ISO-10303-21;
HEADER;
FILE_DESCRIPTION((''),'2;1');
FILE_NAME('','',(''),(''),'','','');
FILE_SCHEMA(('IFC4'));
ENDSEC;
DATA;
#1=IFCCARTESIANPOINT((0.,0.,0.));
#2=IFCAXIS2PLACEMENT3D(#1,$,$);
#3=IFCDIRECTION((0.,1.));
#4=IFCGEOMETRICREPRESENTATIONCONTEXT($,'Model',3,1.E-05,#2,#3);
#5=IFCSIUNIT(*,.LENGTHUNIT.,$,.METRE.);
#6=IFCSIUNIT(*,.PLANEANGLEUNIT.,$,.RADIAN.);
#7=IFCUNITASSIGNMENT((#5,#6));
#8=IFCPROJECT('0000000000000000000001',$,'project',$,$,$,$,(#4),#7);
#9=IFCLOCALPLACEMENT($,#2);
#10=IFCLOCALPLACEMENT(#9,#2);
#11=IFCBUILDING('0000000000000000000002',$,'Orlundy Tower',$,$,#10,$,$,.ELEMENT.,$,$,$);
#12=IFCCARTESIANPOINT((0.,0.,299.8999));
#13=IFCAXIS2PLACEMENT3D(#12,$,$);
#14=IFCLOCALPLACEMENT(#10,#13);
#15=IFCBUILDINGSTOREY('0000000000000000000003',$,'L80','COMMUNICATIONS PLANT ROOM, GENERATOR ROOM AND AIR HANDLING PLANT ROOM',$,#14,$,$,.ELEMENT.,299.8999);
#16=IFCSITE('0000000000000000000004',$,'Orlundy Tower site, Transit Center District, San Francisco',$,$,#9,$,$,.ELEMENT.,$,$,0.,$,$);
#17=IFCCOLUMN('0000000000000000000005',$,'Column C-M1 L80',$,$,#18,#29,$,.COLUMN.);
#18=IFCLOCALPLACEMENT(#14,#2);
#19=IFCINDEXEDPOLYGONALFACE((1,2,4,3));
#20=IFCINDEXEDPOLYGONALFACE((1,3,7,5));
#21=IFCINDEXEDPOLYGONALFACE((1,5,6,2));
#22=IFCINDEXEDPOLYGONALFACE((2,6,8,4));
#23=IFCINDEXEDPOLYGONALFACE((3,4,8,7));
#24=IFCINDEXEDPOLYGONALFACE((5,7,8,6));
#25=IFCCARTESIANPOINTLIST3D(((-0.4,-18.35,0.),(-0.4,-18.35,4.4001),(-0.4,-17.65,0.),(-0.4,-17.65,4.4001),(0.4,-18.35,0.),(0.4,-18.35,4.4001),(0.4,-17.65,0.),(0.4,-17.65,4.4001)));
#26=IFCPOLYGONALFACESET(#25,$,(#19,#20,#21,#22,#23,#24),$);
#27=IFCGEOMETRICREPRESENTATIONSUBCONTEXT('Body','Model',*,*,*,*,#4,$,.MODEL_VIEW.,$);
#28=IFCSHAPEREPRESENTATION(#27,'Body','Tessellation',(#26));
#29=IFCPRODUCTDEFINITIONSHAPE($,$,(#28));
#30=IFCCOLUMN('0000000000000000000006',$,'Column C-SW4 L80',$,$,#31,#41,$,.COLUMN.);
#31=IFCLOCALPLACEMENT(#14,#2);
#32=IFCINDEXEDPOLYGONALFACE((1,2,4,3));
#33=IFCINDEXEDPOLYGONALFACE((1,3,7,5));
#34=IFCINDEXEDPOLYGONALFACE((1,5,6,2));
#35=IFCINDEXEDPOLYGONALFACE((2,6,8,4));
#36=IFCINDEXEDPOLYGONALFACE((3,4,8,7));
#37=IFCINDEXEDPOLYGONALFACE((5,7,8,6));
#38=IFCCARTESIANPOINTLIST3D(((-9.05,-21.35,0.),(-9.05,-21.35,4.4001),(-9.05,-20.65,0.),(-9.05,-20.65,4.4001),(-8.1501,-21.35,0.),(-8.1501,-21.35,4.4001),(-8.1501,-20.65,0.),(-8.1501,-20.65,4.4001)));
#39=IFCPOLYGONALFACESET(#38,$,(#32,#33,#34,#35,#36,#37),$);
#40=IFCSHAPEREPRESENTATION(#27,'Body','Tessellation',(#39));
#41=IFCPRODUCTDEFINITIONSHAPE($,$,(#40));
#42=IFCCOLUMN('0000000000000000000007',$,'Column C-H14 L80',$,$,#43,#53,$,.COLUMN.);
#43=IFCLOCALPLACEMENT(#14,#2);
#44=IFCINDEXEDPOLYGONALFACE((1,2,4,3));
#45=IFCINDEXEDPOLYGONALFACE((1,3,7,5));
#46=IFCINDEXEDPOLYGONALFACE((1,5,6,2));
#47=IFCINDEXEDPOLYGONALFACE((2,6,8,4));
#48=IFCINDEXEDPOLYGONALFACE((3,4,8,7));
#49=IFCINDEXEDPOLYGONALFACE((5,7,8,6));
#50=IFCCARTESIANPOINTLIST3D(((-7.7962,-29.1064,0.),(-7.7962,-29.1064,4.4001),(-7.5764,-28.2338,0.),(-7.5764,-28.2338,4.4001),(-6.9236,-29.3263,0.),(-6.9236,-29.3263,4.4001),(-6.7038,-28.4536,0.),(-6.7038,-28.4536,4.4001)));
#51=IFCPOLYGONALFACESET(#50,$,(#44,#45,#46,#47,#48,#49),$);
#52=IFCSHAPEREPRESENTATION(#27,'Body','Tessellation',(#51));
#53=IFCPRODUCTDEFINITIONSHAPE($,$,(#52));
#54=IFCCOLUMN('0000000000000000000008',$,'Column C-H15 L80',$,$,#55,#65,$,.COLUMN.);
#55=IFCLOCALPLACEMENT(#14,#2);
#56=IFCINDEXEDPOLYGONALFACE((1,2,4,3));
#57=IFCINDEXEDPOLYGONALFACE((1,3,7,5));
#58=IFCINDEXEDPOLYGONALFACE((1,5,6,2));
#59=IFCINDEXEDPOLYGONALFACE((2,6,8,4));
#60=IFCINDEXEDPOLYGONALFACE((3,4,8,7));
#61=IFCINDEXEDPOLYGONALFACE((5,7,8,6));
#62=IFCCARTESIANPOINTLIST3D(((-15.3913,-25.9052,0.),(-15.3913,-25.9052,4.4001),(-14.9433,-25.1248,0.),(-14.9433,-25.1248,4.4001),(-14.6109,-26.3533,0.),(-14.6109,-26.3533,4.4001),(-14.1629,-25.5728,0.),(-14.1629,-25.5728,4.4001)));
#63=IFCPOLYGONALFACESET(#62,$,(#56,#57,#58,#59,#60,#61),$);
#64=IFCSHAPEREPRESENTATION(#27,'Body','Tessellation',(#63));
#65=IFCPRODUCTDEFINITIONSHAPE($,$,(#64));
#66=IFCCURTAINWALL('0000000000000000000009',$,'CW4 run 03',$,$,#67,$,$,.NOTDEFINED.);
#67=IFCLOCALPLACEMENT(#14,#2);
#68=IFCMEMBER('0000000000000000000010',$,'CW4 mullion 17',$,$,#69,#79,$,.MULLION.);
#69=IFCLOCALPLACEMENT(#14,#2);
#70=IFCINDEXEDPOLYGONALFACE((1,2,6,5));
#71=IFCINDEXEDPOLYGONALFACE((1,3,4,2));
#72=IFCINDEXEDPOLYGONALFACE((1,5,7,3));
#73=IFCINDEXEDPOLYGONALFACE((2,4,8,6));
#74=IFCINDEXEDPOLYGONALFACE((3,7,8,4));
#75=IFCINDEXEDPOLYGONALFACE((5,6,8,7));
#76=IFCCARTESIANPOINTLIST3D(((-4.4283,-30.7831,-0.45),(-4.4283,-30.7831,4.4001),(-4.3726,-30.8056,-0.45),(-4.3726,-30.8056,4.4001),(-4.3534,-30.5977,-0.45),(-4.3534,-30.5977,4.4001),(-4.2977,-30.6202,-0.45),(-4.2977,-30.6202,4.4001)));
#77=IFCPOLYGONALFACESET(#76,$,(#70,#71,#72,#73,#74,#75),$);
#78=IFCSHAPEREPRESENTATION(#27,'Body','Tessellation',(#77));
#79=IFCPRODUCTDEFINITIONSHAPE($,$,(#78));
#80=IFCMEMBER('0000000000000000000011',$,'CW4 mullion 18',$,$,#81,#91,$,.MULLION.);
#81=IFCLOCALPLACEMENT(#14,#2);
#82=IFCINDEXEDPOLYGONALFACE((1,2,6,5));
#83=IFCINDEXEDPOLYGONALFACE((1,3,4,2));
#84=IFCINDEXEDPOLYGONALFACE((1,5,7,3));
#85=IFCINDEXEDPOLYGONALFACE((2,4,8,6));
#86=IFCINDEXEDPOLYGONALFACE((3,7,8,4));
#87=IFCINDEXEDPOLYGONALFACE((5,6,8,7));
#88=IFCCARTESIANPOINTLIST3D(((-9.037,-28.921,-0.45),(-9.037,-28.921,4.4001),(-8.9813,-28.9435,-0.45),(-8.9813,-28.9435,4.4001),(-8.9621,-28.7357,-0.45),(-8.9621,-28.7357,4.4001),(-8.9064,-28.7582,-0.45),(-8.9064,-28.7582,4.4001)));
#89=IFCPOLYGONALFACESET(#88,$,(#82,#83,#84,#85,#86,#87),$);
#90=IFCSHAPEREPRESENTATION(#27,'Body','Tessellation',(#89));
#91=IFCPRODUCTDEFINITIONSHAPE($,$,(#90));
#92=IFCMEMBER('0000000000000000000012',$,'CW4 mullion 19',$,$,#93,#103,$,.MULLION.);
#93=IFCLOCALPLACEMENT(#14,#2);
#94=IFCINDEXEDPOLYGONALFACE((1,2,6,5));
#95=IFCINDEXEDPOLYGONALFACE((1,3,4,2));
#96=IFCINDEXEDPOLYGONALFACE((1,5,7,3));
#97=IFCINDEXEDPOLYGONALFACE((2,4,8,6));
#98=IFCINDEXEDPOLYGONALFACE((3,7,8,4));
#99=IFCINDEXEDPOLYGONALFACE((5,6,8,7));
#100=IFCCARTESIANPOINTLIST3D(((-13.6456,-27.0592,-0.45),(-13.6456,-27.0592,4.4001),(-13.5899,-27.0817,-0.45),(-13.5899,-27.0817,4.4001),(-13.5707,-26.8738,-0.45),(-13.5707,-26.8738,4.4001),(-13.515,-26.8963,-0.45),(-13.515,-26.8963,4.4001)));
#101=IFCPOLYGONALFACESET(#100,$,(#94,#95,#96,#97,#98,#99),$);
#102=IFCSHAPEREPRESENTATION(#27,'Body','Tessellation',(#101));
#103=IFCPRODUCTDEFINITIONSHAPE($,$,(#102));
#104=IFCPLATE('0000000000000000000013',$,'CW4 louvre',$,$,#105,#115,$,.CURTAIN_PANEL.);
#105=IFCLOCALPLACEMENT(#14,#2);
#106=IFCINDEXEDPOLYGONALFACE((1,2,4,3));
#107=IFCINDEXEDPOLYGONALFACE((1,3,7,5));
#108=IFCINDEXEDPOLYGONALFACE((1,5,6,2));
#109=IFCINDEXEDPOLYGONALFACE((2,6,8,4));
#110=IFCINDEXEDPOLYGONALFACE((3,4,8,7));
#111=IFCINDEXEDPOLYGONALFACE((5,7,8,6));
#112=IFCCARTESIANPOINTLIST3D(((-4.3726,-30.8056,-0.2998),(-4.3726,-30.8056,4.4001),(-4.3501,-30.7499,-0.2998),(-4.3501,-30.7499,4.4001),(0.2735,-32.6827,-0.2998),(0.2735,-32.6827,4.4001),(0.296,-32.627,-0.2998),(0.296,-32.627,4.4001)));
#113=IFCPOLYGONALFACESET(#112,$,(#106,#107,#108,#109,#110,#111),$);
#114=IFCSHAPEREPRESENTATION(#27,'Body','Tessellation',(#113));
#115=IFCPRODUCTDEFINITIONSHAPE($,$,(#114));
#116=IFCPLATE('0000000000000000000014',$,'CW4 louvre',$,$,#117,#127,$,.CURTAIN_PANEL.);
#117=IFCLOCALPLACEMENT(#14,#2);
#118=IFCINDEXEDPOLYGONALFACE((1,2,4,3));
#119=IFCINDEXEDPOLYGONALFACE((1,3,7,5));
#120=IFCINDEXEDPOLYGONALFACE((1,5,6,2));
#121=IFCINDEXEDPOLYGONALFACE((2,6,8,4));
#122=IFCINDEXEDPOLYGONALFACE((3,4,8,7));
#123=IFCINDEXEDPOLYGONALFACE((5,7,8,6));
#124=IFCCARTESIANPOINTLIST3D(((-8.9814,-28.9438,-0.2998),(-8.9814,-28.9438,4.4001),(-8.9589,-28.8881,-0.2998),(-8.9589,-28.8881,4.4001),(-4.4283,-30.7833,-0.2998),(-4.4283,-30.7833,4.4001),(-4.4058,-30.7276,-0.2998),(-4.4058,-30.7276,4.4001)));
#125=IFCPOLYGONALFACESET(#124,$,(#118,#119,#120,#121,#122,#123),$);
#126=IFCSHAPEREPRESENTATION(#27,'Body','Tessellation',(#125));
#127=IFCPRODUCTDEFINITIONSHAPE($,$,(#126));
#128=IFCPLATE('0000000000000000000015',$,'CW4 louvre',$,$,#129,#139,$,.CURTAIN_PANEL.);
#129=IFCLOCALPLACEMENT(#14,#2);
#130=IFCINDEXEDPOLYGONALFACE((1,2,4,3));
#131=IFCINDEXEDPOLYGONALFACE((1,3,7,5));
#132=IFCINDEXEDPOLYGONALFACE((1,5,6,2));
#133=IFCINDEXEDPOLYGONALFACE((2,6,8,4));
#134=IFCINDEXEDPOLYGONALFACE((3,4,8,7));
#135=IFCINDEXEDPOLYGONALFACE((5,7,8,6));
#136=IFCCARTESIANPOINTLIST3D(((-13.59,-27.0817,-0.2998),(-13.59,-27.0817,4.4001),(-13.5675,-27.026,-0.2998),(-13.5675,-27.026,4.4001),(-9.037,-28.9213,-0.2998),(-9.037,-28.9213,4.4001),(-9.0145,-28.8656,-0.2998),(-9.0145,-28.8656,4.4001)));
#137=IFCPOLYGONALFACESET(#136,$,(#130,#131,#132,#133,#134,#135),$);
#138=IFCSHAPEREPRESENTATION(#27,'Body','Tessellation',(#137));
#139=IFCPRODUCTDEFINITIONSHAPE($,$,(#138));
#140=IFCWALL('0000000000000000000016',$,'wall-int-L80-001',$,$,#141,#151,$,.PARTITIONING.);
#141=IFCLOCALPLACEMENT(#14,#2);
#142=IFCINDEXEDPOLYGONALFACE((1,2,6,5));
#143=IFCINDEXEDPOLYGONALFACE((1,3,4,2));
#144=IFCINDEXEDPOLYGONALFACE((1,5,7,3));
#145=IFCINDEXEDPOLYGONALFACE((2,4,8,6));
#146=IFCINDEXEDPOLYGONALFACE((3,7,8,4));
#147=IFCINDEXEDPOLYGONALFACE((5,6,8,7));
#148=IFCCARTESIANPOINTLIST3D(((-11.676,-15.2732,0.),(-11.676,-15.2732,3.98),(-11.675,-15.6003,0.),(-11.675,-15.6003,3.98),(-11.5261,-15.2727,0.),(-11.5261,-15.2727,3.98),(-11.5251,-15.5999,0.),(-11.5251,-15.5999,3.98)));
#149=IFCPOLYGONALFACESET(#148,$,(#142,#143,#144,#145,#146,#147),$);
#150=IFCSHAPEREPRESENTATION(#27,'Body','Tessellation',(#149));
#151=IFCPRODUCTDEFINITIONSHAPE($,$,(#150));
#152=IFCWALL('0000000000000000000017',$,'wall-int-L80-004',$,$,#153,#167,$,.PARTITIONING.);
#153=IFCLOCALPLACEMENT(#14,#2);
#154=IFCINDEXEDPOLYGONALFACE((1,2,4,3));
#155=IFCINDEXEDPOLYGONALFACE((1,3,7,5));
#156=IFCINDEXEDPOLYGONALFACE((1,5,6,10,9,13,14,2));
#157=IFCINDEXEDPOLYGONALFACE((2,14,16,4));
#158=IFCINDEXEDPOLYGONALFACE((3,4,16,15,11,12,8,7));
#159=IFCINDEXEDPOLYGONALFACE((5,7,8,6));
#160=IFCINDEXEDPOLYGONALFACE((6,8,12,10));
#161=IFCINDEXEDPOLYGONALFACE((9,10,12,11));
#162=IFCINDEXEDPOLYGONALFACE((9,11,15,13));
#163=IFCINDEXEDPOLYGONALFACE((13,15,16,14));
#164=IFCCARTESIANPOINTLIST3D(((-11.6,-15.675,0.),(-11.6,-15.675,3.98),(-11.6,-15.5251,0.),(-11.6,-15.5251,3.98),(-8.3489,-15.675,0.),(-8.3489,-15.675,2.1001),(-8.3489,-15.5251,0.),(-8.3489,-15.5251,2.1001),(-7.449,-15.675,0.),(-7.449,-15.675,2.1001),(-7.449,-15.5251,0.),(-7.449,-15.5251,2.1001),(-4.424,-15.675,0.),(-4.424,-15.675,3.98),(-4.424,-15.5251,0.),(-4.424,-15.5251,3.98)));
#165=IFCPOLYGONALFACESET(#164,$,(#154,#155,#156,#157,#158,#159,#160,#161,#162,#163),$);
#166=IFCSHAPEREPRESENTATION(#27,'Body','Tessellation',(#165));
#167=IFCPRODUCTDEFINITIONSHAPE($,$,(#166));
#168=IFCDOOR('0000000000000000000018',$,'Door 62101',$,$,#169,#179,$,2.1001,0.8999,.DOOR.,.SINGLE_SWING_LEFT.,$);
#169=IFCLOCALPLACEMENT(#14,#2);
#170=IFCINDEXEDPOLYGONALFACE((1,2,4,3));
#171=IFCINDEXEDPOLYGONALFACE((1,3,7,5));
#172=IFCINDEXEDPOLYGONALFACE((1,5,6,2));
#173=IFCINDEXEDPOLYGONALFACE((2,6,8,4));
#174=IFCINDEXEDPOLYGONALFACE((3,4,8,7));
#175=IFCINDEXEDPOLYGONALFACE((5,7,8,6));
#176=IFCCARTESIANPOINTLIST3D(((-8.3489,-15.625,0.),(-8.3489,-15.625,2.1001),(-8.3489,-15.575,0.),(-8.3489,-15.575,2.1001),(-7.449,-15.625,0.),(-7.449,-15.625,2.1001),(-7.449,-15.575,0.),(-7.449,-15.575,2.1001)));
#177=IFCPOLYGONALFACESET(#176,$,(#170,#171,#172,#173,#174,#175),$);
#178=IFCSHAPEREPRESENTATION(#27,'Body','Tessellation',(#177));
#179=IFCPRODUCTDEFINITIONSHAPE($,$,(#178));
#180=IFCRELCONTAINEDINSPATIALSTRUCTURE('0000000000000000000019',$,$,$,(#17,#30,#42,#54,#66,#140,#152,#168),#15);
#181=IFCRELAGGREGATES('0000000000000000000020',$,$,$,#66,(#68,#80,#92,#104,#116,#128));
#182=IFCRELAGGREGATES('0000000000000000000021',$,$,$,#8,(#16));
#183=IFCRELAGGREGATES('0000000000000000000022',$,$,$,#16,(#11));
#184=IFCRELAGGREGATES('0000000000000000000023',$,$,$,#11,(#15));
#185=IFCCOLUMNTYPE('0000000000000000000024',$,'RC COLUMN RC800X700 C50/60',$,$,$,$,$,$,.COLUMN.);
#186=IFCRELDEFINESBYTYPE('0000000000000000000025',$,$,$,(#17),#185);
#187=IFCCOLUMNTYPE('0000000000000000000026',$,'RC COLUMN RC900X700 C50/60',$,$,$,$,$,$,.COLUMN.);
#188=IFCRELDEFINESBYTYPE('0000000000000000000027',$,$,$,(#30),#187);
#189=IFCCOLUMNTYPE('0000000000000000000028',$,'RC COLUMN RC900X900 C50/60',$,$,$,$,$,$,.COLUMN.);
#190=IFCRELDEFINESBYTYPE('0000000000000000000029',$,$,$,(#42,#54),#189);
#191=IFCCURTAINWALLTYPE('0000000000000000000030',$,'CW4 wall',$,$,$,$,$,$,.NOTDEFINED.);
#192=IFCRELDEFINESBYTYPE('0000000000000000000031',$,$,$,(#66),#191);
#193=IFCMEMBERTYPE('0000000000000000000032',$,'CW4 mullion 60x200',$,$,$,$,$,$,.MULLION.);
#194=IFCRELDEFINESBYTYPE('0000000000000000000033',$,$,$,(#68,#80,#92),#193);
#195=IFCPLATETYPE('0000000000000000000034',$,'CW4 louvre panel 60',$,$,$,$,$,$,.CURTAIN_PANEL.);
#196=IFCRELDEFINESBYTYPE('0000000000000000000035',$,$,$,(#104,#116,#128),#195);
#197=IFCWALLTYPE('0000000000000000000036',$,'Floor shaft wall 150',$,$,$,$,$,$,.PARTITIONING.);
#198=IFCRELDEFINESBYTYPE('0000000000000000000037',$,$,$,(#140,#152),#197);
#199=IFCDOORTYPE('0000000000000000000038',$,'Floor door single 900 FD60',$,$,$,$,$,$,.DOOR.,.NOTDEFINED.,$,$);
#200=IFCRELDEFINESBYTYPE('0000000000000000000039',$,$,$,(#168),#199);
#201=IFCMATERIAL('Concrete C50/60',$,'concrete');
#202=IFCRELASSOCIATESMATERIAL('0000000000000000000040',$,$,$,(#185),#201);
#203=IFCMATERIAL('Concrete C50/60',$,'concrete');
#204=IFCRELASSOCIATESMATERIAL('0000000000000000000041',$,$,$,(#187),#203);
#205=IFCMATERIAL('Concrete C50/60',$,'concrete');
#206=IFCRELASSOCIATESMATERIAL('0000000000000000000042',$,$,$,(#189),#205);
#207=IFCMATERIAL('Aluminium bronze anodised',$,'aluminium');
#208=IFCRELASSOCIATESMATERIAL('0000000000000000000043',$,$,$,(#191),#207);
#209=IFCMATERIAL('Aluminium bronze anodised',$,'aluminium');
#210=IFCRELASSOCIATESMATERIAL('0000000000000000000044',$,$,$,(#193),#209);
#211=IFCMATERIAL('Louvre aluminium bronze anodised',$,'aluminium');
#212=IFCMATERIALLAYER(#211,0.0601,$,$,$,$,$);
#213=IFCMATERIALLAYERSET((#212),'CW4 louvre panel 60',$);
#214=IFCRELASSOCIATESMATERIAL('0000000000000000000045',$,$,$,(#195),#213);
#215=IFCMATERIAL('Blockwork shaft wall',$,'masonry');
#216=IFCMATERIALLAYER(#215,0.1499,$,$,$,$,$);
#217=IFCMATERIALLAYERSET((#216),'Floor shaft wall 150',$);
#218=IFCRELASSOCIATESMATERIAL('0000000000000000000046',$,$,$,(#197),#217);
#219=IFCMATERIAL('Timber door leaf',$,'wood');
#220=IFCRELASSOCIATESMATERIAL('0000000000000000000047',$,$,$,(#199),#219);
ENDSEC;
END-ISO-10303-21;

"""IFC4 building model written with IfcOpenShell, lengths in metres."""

from ifc_helpers import new_model, si_unit, direction, frame, frame_2d, origin, origin_2d, place, context, subcontext, project, spatial, rectangle, extrude, material, layer, layer_set, material_profile, profile_set, type_object, element, fill, aggregate, save


model = new_model("IFC4")

# Units and contexts
model_context = context("Model", 3, precision=1e-05, world=origin(), true_north=direction((0.0, 1.0)))
body_context = subcontext(model_context, "Body", "Model", "MODEL_VIEW")
ifc_project = project(units=[si_unit("LENGTHUNIT", "METRE"), si_unit("PLANEANGLEUNIT", "RADIAN")], contexts=[model_context])

# Site, building, storey
site_placement = place(None, origin())
site = spatial("IfcSite", under=ifc_project, at=site_placement, Name="Orlundy Tower site, Transit Center District, San Francisco", CompositionType="ELEMENT", RefElevation=0.0)
building_placement = place(site_placement, origin())
building = spatial("IfcBuilding", under=site, at=building_placement, Name="Orlundy Tower", CompositionType="ELEMENT")
storey_placement = place(building_placement, frame((0.0, 0.0, 299.8999)))
storey = spatial("IfcBuildingStorey", under=building, at=storey_placement, Name="L80", Description="COMMUNICATIONS PLANT ROOM, GENERATOR ROOM AND AIR HANDLING PLANT ROOM", CompositionType="ELEMENT", Elevation=299.8999)

# Columns
ifc_material_1 = material(Name="Concrete C50/60", Category="concrete")
ifc_material_profile_1 = material_profile(ifc_material_1, rectangle(XDim=0.8, YDim=0.7, at=origin_2d()), Name="RC800X700")
ifc_profile_set_1 = profile_set([ifc_material_profile_1], Name="Concrete C50/60")
column_type_1 = type_object("IfcColumnType", Name="RC COLUMN RC800X700 C50/60", PredefinedType="COLUMN", material=ifc_profile_set_1)
column_1_placement = place(storey_placement, frame((0.0, -18.0, 0.0), z_axis=(0.0, 0.0, 1.0), x_axis=(1.0, 0.0, 0.0)))
element("IfcColumn", 1, at=column_1_placement, inside=storey, type_object=column_type_1, Name="Column C-M1 L80", PredefinedType="COLUMN", context=body_context, shape_type="SweptSolid", body=[
    extrude(rectangle(XDim=0.8, YDim=0.7, at=origin_2d()), origin(), (0.0, 0.0, 1.0), 4.4001),
])
ifc_material_2 = material(Name="Concrete C50/60", Category="concrete")
ifc_material_profile_2 = material_profile(ifc_material_2, rectangle(XDim=0.8999, YDim=0.7, at=origin_2d()), Name="RC900X700")
ifc_profile_set_2 = profile_set([ifc_material_profile_2], Name="Concrete C50/60")
column_type_2 = type_object("IfcColumnType", Name="RC COLUMN RC900X700 C50/60", PredefinedType="COLUMN", material=ifc_profile_set_2)
column_2_placement = place(storey_placement, frame((-8.6001, -21.0, 0.0), z_axis=(0.0, 0.0, 1.0), x_axis=(1.0, 0.0, 0.0)))
element("IfcColumn", 2, at=column_2_placement, inside=storey, type_object=column_type_2, Name="Column C-SW4 L80", PredefinedType="COLUMN", context=body_context, shape_type="SweptSolid", body=[
    extrude(rectangle(XDim=0.8999, YDim=0.7, at=origin_2d()), origin(), (0.0, 0.0, 1.0), 4.4001),
])
ifc_material_3 = material(Name="Concrete C50/60", Category="concrete")
ifc_material_profile_3 = material_profile(ifc_material_3, rectangle(XDim=0.8999, YDim=0.8999, at=origin_2d()), Name="RC900X900")
ifc_profile_set_3 = profile_set([ifc_material_profile_3], Name="Concrete C50/60")
column_type_3 = type_object("IfcColumnType", Name="RC COLUMN RC900X900 C50/60", PredefinedType="COLUMN", material=ifc_profile_set_3)
for number, where, z_axis, x_axis, name in (
    (3, (-7.25, -28.78, 0.0), (0.0, 0.0, 1.0), (-0.244275, -0.969706, 0.0), "Column C-H14 L80"),
    (4, (-14.7771, -25.739, 0.0), (0.0, 0.0, 1.0), (-0.497898, -0.867236, 0.0), "Column C-H15 L80"),
):
    element("IfcColumn", number, at=place(storey_placement, frame(where, z_axis=z_axis, x_axis=x_axis)), inside=storey, type_object=column_type_3, Name=name, PredefinedType="COLUMN", context=body_context, shape_type="SweptSolid", body=[
        extrude(rectangle(XDim=0.8999, YDim=0.8999, at=origin_2d()), origin(), (0.0, 0.0, 1.0), 4.4001),
    ])

# Curtain wall, members, plates
ifc_material_4 = material(Name="Aluminium bronze anodised", Category="aluminium")
curtain_wall_type = type_object("IfcCurtainWallType", Name="CW4 wall", PredefinedType="NOTDEFINED", material=ifc_material_4)
curtain_wall_placement = place(storey_placement, origin())
curtain_wall = element("IfcCurtainWall", 5, at=curtain_wall_placement, inside=storey, type_object=curtain_wall_type, Name="CW4 run 03", PredefinedType="NOTDEFINED")
ifc_material_5 = material(Name="Aluminium bronze anodised", Category="aluminium")
ifc_material_profile_4 = material_profile(ifc_material_5, rectangle(XDim=0.2, YDim=0.0601, at=origin_2d()), Name="CW4 mullion 60x200")
ifc_profile_set_4 = profile_set([ifc_material_profile_4], Name="Aluminium bronze anodised")
member_type = type_object("IfcMemberType", Name="CW4 mullion 60x200", PredefinedType="MULLION", material=ifc_profile_set_4)
member_1_placement = place(storey_placement, frame((-4.363, -30.7017, -0.45), z_axis=(0.0, 0.0, 1.0), x_axis=(-0.374607, -0.927184, 0.0)))
member_1 = element("IfcMember", 6, at=member_1_placement, type_object=member_type, Name="CW4 mullion 17", PredefinedType="MULLION", context=body_context, shape_type="SweptSolid", body=[
    extrude(rectangle(XDim=0.2, YDim=0.0601, at=origin_2d()), origin(), (0.0, 0.0, 1.0), 4.8501),
])
member_2_placement = place(storey_placement, frame((-8.9717, -28.8396, -0.45), z_axis=(0.0, 0.0, 1.0), x_axis=(-0.374607, -0.927184, 0.0)))
member_2 = element("IfcMember", 7, at=member_2_placement, type_object=member_type, Name="CW4 mullion 18", PredefinedType="MULLION", context=body_context, shape_type="SweptSolid", body=[
    extrude(rectangle(XDim=0.2, YDim=0.0601, at=origin_2d()), origin(), (0.0, 0.0, 1.0), 4.8501),
])
member_3_placement = place(storey_placement, frame((-13.5803, -26.9778, -0.45), z_axis=(0.0, 0.0, 1.0), x_axis=(-0.374607, -0.927184, 0.0)))
member_3 = element("IfcMember", 8, at=member_3_placement, type_object=member_type, Name="CW4 mullion 19", PredefinedType="MULLION", context=body_context, shape_type="SweptSolid", body=[
    extrude(rectangle(XDim=0.2, YDim=0.0601, at=origin_2d()), origin(), (0.0, 0.0, 1.0), 4.8501),
])
ifc_material_6 = material(Name="Louvre aluminium bronze anodised", Category="aluminium")
ifc_layer_1 = layer(ifc_material_6, 0.0601)
ifc_layer_set_1 = layer_set([ifc_layer_1], Name="CW4 louvre panel 60")
plate_type = type_object("IfcPlateType", Name="CW4 louvre panel 60", PredefinedType="CURTAIN_PANEL", material=ifc_layer_set_1)
plate_1_placement = place(storey_placement, frame((-2.0383, -31.7163, -0.2998), z_axis=(0.0, 0.0, 1.0), x_axis=(-0.927184, 0.374607, 0.0)))
plate_1 = element("IfcPlate", 9, at=plate_1_placement, type_object=plate_type, Name="CW4 louvre", PredefinedType="CURTAIN_PANEL", context=body_context, shape_type="SweptSolid", body=[
    extrude(rectangle(XDim=5.011, YDim=0.0601, at=origin_2d()), origin(), (0.0, 0.0, 1.0), 4.7),
])
plate_2_placement = place(storey_placement, frame((-6.6936, -29.8357, -0.2998), z_axis=(0.0, 0.0, 1.0), x_axis=(-0.927184, 0.374607, 0.0)))
plate_2 = element("IfcPlate", 10, at=plate_2_placement, type_object=plate_type, Name="CW4 louvre", PredefinedType="CURTAIN_PANEL", context=body_context, shape_type="SweptSolid", body=[
    extrude(rectangle(XDim=4.9106, YDim=0.0601, at=origin_2d()), origin(), (0.0, 0.0, 1.0), 4.7),
])
plate_3_placement = place(storey_placement, frame((-11.3022, -27.9736, -0.2998), z_axis=(0.0, 0.0, 1.0), x_axis=(-0.927184, 0.374607, 0.0)))
plate_3 = element("IfcPlate", 11, at=plate_3_placement, type_object=plate_type, Name="CW4 louvre", PredefinedType="CURTAIN_PANEL", context=body_context, shape_type="SweptSolid", body=[
    extrude(rectangle(XDim=4.9106, YDim=0.0601, at=origin_2d()), origin(), (0.0, 0.0, 1.0), 4.7),
])
aggregate(curtain_wall, [member_1, member_2, member_3, plate_1, plate_2, plate_3])

# Wall
ifc_material_7 = material(Name="Blockwork shaft wall", Category="masonry")
ifc_layer_2 = layer(ifc_material_7, 0.1499)
ifc_layer_set_2 = layer_set([ifc_layer_2], Name="Floor shaft wall 150")
wall_type = type_object("IfcWallType", Name="Floor shaft wall 150", PredefinedType="PARTITIONING", material=ifc_layer_set_2)
wall_1_placement = place(storey_placement, frame((-11.6011, -15.2729, 0.0), z_axis=(0.0, 0.0, 1.0), x_axis=(0.002985, -0.999996, 0.0)))
element("IfcWall", 12, at=wall_1_placement, inside=storey, type_object=wall_type, Name="wall-int-L80-001", PredefinedType="PARTITIONING", context=body_context, shape_type="SweptSolid", body=[
    extrude(rectangle(XDim=0.3271, YDim=0.1499, at=frame_2d((0.1636, 0.0))), origin(), (0.0, 0.0, 1.0), 3.98),
])

# Wall, opening, door
wall_2_placement = place(storey_placement, frame((-4.4241, -15.6001, 0.0), z_axis=(0.0, 0.0, 1.0), x_axis=(-1.0, 0.0, 0.0)))
wall_2 = element("IfcWall", 13, at=wall_2_placement, inside=storey, type_object=wall_type, Name="wall-int-L80-004", PredefinedType="PARTITIONING", context=body_context, shape_type="SweptSolid", body=[
    extrude(rectangle(XDim=7.176, YDim=0.1499, at=frame_2d((3.5879, 0.0))), origin(), (0.0, 0.0, 1.0), 3.98),
])
opening_placement = place(wall_2_placement, frame((3.0249, 0.0, 0.0)))
opening = element("IfcOpeningElement", 14, at=opening_placement, cuts=wall_2, PredefinedType="OPENING", context=body_context, shape_type="SweptSolid", body=[
    extrude(rectangle(XDim=0.8999, YDim=2.1001, at=frame_2d((0.45, 1.05))), frame((0.0, 0.085, 0.0), z_axis=(0.0, -1.0, 0.0), x_axis=(1.0, 0.0, 0.0)), (0.0, 0.0, 1.0), 0.1699),
])
ifc_material_8 = material(Name="Timber door leaf", Category="wood")
door_type = type_object("IfcDoorType", Name="Floor door single 900 FD60", OperationType="NOTDEFINED", PredefinedType="DOOR", material=ifc_material_8)
door_placement = place(opening_placement, origin())
door = element("IfcDoor", 15, at=door_placement, inside=storey, type_object=door_type, Name="Door 62101", OperationType="SINGLE_SWING_LEFT", OverallHeight=2.1001, OverallWidth=0.8999, PredefinedType="DOOR", context=body_context, shape_type="SweptSolid", body=[
    extrude(rectangle(XDim=0.8999, YDim=2.1001, at=frame_2d((0.45, 1.05))), frame((0.0, 0.0249, 0.0), z_axis=(0.0, -1.0, 0.0), x_axis=(1.0, 0.0, 0.0)), (0.0, 0.0, 1.0), 0.05),
])
fill(opening, door)

save(model, "model.ifc")
